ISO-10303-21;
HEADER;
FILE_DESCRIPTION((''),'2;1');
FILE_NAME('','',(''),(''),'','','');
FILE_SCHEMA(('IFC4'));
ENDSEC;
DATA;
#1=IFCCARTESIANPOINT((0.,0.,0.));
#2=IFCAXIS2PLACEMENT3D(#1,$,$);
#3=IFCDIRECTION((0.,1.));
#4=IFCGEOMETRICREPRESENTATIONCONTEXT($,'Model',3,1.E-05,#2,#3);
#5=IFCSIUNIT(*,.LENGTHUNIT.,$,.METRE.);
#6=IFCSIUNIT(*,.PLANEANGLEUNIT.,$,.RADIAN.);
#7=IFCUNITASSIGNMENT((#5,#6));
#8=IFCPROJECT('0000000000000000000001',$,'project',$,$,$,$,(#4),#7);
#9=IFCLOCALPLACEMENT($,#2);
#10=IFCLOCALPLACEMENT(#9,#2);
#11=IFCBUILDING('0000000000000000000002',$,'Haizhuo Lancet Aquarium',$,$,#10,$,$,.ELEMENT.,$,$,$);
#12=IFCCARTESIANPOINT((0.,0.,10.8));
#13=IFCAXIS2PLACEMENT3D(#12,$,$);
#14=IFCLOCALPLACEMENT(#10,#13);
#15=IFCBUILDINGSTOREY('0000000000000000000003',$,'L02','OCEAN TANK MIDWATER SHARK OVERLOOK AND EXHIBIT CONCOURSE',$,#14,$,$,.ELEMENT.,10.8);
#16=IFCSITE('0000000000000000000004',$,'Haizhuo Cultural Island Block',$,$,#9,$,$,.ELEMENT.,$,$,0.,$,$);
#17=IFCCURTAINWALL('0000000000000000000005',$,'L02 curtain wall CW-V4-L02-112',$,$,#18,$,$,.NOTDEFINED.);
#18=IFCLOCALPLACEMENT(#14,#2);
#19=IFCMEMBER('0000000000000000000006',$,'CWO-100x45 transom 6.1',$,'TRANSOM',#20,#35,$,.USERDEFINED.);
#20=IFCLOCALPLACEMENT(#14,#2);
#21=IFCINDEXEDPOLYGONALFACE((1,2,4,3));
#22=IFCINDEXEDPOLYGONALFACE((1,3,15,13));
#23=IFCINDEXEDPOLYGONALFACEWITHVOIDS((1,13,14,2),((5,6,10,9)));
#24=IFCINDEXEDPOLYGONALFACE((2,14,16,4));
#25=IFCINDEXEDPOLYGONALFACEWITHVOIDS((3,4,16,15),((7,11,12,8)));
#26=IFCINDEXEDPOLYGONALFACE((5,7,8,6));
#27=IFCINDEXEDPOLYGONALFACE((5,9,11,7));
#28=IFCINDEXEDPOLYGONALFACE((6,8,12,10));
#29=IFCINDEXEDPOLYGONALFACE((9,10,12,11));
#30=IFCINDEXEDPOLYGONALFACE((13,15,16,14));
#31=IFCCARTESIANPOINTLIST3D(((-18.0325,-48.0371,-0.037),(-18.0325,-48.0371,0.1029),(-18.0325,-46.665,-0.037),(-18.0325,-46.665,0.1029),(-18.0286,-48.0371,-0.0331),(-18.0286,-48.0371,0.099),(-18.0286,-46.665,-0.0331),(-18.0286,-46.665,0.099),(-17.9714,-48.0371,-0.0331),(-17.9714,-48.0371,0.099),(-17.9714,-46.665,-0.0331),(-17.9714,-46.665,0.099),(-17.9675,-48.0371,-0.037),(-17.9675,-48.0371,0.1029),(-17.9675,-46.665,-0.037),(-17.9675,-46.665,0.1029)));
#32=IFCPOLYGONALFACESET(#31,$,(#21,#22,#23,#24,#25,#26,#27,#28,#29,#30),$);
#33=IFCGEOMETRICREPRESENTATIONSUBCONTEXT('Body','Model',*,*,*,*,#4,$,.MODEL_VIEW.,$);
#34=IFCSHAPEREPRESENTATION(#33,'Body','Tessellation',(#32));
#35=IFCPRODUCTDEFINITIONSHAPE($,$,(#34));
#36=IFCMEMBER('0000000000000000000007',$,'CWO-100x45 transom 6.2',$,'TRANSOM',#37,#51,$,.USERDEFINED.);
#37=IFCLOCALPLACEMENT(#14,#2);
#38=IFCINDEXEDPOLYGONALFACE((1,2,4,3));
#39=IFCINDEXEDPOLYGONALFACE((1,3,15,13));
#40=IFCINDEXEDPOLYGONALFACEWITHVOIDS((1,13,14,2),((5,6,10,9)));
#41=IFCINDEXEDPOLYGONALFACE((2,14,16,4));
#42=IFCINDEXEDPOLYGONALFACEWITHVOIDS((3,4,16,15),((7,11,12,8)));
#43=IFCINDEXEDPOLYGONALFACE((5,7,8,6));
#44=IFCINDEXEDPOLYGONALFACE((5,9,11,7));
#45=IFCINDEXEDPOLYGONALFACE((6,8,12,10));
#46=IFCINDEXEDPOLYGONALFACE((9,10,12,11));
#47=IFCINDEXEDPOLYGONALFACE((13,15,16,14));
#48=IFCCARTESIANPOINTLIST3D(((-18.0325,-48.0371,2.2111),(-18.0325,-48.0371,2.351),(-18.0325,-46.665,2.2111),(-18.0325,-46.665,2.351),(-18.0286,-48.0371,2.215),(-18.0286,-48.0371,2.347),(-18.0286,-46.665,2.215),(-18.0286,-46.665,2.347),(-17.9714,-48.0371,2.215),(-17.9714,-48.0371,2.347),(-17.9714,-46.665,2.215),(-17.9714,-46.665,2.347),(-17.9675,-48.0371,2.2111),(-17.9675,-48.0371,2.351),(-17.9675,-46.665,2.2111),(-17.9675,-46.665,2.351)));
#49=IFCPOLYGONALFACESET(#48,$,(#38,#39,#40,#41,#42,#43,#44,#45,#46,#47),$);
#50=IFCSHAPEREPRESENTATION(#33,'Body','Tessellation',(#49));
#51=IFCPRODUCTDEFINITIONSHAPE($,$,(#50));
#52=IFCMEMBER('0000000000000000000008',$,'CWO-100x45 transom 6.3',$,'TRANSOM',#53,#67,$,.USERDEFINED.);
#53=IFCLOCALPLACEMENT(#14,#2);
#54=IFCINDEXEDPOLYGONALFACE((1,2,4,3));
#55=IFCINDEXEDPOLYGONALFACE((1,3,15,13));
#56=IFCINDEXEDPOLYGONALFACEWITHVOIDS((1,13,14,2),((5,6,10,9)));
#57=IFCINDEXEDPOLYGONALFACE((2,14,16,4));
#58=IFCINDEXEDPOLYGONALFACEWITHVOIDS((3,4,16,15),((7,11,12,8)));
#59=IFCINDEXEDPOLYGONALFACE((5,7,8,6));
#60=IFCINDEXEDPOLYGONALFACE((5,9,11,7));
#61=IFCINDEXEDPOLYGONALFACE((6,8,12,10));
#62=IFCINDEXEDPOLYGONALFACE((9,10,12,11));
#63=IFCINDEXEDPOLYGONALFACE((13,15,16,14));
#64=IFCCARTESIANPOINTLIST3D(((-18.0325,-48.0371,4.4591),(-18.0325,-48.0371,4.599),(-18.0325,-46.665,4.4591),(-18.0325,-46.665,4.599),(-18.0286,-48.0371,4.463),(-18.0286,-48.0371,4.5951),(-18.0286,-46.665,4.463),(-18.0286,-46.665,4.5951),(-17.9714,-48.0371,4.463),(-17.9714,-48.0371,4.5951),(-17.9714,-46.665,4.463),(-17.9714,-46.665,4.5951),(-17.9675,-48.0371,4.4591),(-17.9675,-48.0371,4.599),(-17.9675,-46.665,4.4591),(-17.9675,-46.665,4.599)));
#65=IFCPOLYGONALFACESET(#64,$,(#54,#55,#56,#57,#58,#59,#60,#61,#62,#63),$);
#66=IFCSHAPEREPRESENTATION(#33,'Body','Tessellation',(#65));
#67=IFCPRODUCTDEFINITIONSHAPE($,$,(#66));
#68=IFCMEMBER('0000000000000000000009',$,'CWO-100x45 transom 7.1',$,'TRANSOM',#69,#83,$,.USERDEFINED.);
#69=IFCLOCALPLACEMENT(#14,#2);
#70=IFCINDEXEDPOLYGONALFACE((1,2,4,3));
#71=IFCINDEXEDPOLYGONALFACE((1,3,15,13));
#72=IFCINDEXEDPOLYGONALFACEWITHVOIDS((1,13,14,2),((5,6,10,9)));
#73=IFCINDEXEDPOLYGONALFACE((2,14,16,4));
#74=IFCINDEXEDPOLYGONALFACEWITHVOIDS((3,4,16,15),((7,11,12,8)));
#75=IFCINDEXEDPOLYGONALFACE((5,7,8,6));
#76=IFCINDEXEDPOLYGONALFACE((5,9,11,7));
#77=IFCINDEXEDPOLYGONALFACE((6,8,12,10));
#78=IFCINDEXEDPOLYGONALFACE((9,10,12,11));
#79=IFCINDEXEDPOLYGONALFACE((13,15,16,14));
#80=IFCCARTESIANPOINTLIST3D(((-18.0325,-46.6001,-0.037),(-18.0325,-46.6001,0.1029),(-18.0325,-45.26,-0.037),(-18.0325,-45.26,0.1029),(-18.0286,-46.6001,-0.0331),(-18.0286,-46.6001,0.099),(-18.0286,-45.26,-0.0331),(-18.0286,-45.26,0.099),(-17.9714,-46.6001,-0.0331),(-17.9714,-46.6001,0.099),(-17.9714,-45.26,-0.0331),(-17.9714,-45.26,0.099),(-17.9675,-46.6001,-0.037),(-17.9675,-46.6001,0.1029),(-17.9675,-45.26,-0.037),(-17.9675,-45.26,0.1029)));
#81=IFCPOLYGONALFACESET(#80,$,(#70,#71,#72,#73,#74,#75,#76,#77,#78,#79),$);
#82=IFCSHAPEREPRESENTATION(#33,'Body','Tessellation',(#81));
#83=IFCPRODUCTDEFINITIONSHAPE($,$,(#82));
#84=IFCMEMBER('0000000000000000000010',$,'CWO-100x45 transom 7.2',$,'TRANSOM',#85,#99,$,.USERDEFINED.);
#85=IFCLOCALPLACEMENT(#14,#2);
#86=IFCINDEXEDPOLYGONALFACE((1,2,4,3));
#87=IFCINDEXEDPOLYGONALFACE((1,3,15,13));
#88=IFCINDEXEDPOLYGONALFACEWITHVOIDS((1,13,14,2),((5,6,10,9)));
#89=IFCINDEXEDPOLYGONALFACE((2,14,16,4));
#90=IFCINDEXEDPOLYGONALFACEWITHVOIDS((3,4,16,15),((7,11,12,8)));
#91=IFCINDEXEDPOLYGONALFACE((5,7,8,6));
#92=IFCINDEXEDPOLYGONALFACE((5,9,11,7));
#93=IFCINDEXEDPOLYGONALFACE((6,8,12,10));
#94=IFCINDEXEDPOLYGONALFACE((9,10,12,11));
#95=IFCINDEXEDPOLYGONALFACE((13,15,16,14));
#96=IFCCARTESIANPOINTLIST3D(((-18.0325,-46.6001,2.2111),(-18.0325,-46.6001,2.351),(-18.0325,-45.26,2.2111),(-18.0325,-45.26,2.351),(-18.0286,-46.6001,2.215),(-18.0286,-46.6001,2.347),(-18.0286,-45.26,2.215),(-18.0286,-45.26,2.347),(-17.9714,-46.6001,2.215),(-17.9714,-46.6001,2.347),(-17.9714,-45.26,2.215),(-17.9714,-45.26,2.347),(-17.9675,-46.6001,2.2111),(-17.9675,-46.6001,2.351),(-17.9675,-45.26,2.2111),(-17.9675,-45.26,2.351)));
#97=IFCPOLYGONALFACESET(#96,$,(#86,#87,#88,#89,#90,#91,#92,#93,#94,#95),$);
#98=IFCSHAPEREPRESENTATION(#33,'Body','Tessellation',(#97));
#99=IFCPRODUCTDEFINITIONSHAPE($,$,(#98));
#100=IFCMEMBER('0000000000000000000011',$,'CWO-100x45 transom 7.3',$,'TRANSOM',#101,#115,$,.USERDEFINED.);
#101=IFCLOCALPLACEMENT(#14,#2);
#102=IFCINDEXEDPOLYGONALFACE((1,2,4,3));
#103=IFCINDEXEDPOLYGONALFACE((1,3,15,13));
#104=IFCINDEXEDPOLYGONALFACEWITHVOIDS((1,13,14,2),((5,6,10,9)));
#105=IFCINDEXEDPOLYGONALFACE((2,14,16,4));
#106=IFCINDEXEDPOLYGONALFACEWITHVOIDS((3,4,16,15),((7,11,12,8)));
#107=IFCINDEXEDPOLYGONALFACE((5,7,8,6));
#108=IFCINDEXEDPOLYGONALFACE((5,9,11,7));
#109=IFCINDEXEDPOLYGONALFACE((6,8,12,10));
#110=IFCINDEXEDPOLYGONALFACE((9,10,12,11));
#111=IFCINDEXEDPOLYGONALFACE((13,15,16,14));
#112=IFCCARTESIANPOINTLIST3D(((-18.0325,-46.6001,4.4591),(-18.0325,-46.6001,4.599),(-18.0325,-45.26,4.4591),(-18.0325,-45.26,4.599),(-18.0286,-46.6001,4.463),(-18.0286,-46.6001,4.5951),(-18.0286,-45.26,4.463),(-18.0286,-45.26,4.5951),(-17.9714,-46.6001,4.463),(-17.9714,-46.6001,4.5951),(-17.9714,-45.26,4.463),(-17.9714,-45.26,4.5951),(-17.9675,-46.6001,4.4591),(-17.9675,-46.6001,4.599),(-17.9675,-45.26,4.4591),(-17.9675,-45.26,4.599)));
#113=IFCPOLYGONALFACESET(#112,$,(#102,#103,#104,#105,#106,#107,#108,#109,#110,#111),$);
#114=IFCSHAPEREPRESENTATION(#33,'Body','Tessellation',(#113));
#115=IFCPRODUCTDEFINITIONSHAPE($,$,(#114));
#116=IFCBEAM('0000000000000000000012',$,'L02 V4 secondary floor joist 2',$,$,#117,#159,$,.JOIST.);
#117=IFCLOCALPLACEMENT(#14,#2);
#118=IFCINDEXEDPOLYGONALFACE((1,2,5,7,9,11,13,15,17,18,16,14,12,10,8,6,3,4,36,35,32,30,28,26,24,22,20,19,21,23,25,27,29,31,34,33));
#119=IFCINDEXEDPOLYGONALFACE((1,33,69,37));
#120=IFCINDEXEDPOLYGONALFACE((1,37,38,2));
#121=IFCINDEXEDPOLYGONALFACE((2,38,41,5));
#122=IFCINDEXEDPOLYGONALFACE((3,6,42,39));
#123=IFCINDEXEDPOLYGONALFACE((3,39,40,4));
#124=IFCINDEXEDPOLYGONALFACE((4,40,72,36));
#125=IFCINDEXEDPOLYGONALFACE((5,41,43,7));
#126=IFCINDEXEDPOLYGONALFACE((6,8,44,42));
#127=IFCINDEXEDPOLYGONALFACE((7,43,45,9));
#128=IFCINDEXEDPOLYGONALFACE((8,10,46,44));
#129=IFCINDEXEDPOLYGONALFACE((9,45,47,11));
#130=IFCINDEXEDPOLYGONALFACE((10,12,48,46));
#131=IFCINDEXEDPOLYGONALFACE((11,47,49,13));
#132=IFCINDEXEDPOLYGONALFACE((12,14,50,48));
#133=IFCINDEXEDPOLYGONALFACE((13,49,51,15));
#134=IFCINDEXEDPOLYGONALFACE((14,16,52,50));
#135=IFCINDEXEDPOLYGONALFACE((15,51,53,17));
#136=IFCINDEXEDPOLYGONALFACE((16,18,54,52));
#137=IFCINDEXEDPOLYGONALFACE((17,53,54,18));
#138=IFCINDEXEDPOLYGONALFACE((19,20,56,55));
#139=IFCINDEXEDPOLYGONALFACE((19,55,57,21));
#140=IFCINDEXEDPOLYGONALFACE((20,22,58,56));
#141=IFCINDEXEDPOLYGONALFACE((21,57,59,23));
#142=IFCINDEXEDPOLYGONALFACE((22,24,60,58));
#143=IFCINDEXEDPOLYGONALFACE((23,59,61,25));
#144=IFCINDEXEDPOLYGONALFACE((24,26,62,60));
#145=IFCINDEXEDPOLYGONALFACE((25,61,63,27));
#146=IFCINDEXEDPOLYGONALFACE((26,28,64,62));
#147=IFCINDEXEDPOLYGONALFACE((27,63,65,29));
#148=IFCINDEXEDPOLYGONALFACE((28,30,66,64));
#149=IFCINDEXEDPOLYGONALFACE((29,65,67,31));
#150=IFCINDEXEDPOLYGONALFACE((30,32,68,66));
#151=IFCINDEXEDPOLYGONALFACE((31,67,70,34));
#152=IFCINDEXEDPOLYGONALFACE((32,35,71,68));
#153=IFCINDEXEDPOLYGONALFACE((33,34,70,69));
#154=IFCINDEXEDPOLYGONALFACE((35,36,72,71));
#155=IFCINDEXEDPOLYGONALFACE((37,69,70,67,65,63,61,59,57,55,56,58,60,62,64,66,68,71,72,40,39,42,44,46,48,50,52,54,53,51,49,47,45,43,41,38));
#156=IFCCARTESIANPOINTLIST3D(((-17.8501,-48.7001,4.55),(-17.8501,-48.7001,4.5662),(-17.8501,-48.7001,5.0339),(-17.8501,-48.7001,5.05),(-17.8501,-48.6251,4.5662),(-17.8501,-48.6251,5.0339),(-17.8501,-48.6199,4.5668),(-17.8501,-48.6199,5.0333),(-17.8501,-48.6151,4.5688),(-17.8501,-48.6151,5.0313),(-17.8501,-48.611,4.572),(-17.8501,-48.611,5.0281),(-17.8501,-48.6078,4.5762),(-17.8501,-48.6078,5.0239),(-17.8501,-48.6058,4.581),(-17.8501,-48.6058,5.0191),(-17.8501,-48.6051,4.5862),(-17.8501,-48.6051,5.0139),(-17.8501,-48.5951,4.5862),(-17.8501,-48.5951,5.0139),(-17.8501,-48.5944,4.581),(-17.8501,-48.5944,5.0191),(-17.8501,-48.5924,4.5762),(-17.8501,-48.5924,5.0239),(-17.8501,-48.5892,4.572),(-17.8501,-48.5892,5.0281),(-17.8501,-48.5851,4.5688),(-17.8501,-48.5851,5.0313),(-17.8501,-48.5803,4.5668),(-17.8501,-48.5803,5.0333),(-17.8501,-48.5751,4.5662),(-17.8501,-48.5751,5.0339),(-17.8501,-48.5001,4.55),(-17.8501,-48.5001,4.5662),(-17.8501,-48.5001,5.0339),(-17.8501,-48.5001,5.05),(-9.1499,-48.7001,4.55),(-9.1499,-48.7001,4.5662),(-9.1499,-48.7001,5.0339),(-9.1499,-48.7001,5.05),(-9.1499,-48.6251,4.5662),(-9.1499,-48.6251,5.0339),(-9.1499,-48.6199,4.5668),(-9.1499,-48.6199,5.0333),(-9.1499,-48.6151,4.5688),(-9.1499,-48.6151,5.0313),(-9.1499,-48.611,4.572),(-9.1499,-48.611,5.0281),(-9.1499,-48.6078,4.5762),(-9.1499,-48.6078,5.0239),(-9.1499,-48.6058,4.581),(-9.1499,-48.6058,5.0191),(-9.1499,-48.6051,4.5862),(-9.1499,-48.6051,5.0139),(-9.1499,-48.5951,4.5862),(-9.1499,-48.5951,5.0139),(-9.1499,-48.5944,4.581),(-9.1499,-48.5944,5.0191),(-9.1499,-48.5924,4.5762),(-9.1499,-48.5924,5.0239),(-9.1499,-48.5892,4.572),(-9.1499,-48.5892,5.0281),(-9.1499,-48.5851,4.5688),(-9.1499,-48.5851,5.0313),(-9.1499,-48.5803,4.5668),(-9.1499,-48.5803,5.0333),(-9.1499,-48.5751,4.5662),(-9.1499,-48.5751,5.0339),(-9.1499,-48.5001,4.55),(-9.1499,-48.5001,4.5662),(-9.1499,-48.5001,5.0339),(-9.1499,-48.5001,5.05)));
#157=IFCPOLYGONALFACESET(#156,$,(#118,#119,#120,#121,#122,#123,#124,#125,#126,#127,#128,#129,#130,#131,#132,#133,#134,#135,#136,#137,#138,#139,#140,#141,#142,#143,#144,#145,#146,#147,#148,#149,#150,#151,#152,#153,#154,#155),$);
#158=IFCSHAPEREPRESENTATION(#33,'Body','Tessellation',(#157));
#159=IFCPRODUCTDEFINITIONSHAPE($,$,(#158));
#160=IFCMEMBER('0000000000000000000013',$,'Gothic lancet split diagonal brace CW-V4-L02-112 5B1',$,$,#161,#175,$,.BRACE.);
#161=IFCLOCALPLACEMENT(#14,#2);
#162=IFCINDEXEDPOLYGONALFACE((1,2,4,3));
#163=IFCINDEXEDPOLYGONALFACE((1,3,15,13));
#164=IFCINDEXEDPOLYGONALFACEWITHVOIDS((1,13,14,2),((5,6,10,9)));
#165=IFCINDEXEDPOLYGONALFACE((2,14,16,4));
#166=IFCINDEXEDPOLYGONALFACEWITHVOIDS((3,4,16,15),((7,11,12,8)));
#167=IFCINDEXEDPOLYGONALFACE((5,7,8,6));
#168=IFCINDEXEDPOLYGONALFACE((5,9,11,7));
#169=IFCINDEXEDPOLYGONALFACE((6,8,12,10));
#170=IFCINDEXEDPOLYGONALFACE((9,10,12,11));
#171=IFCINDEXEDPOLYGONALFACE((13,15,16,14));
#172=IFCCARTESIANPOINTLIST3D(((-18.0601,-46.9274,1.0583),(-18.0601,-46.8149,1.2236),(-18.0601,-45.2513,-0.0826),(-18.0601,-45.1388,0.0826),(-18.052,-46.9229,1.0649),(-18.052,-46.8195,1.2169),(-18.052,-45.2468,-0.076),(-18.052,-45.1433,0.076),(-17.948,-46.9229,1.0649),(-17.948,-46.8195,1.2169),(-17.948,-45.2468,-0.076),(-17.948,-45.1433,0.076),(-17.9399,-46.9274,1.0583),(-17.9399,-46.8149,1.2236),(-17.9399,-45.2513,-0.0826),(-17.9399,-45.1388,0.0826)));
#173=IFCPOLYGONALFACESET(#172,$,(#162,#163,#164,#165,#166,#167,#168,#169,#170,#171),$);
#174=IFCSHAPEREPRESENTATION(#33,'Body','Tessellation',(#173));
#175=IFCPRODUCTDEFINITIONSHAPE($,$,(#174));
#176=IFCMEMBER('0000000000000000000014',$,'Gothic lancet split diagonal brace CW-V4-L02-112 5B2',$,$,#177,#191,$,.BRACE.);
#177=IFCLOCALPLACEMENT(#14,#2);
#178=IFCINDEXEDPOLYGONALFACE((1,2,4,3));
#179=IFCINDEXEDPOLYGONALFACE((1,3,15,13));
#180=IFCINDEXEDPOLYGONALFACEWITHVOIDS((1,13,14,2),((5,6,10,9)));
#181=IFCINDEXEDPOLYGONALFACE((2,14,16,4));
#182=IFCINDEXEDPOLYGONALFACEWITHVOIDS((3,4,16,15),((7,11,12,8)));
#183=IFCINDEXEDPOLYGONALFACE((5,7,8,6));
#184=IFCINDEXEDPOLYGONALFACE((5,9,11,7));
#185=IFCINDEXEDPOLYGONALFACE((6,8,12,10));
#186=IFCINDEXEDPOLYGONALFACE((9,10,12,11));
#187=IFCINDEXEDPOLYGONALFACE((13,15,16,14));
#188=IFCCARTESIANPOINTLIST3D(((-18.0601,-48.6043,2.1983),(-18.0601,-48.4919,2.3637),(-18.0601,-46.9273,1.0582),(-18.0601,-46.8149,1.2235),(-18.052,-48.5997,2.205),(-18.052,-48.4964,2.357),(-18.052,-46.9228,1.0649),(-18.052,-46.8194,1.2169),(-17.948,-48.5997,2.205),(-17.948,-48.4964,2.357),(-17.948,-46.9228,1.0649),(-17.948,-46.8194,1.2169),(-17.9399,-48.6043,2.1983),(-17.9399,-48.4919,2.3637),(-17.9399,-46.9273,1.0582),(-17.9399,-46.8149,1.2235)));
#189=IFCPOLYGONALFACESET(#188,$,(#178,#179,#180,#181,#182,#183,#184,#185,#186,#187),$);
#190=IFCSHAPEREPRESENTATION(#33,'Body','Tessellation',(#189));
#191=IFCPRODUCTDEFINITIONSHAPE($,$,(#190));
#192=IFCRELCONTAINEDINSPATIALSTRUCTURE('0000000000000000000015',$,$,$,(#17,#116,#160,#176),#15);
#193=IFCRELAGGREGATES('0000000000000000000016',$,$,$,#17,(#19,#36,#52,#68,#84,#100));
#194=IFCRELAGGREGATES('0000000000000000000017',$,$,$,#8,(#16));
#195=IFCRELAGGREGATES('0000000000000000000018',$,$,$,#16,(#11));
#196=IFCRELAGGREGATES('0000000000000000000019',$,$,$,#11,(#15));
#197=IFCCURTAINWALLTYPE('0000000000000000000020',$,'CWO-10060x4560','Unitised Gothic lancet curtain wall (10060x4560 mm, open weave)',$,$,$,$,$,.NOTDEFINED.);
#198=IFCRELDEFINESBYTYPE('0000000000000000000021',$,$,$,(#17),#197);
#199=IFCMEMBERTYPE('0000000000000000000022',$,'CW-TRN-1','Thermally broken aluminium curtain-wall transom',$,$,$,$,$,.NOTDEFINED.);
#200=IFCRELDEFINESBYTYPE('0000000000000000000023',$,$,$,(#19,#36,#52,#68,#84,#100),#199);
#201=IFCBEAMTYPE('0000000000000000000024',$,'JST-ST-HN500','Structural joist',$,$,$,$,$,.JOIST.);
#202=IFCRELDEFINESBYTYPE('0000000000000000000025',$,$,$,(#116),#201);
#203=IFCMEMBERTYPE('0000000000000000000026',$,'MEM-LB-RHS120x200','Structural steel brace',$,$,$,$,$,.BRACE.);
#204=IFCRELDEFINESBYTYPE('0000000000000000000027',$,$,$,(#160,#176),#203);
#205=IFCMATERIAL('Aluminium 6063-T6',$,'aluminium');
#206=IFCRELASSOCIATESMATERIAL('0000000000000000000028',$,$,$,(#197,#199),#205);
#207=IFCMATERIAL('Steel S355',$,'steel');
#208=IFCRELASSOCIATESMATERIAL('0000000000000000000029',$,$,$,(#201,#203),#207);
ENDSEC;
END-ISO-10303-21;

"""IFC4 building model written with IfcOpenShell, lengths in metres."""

from ifc_helpers import new_model, si_unit, direction, frame, origin, origin_2d, place, context, subcontext, project, spatial, hollow_rectangle, i_section, extrude, material, material_profile, profile_set, type_object, element, aggregate, save


model = new_model("IFC4")

# Units and contexts
model_context = context("Model", 3, precision=1e-05, world=origin(), true_north=direction((0.0, 1.0)))
body_context = subcontext(model_context, "Body", "Model", "MODEL_VIEW")
ifc_project = project(units=[si_unit("LENGTHUNIT", "METRE"), si_unit("PLANEANGLEUNIT", "RADIAN")], contexts=[model_context])

# Site, building, storey
site_placement = place(None, origin())
site = spatial("IfcSite", under=ifc_project, at=site_placement, Name="Haizhuo Cultural Island Block", CompositionType="ELEMENT", RefElevation=0.0)
building_placement = place(site_placement, origin())
building = spatial("IfcBuilding", under=site, at=building_placement, Name="Haizhuo Lancet Aquarium", CompositionType="ELEMENT")
storey_placement = place(building_placement, frame((0.0, 0.0, 10.8)))
storey = spatial("IfcBuildingStorey", under=building, at=storey_placement, Name="L02", Description="OCEAN TANK MIDWATER SHARK OVERLOOK AND EXHIBIT CONCOURSE", CompositionType="ELEMENT", Elevation=10.8)

# Shared definitions
ifc_material_1 = material(Name="Steel S355", Category="steel")

# Curtain wall, members
ifc_material_2 = material(Name="Aluminium 6063-T6", Category="aluminium")
curtain_wall_type = type_object("IfcCurtainWallType", Name="CWO-10060x4560", Description="Unitised Gothic lancet curtain wall (10060x4560 mm, open weave)", PredefinedType="NOTDEFINED", material=ifc_material_2)
curtain_wall_placement = place(storey_placement, origin())
curtain_wall = element("IfcCurtainWall", 1, at=curtain_wall_placement, inside=storey, type_object=curtain_wall_type, Name="L02 curtain wall CW-V4-L02-112", PredefinedType="NOTDEFINED")
ifc_material_profile_1 = material_profile(ifc_material_2, hollow_rectangle(XDim=0.0649, YDim=0.1399, WallThickness=0.0039, at=origin_2d()), Name="ALU-T 65x140x4")
ifc_profile_set_1 = profile_set([ifc_material_profile_1], Name="Aluminium 6063-T6")
member_type_1 = type_object("IfcMemberType", Name="CW-TRN-1", Description="Thermally broken aluminium curtain-wall transom", PredefinedType="NOTDEFINED", material=ifc_profile_set_1)
member_1_placement = place(storey_placement, frame((-18.0, -48.0371, 0.033), z_axis=(0.0, 1.0, 0.0), x_axis=(-1.0, 0.0, 0.0)))
member_1 = element("IfcMember", 2, at=member_1_placement, type_object=member_type_1, Name="CWO-100x45 transom 6.1", ObjectType="TRANSOM", PredefinedType="USERDEFINED", context=body_context, shape_type="SweptSolid", body=[
    extrude(hollow_rectangle(XDim=0.0649, YDim=0.1399, WallThickness=0.0039, at=origin_2d()), origin(), (0.0, 0.0, 1.0), 1.3721),
])
member_2_placement = place(storey_placement, frame((-18.0, -48.0371, 2.281), z_axis=(0.0, 1.0, 0.0), x_axis=(-1.0, 0.0, 0.0)))
member_2 = element("IfcMember", 3, at=member_2_placement, type_object=member_type_1, Name="CWO-100x45 transom 6.2", ObjectType="TRANSOM", PredefinedType="USERDEFINED", context=body_context, shape_type="SweptSolid", body=[
    extrude(hollow_rectangle(XDim=0.0649, YDim=0.1399, WallThickness=0.0039, at=origin_2d()), origin(), (0.0, 0.0, 1.0), 1.3721),
])
member_3_placement = place(storey_placement, frame((-18.0, -48.0371, 4.5291), z_axis=(0.0, 1.0, 0.0), x_axis=(-1.0, 0.0, 0.0)))
member_3 = element("IfcMember", 4, at=member_3_placement, type_object=member_type_1, Name="CWO-100x45 transom 6.3", ObjectType="TRANSOM", PredefinedType="USERDEFINED", context=body_context, shape_type="SweptSolid", body=[
    extrude(hollow_rectangle(XDim=0.0649, YDim=0.1399, WallThickness=0.0039, at=origin_2d()), origin(), (0.0, 0.0, 1.0), 1.3721),
])
member_4_placement = place(storey_placement, frame((-18.0, -46.6001, 0.033), z_axis=(0.0, 1.0, 0.0), x_axis=(-1.0, 0.0, 0.0)))
member_4 = element("IfcMember", 5, at=member_4_placement, type_object=member_type_1, Name="CWO-100x45 transom 7.1", ObjectType="TRANSOM", PredefinedType="USERDEFINED", context=body_context, shape_type="SweptSolid", body=[
    extrude(hollow_rectangle(XDim=0.0649, YDim=0.1399, WallThickness=0.0039, at=origin_2d()), origin(), (0.0, 0.0, 1.0), 1.3401),
])
member_5_placement = place(storey_placement, frame((-18.0, -46.6001, 2.281), z_axis=(0.0, 1.0, 0.0), x_axis=(-1.0, 0.0, 0.0)))
member_5 = element("IfcMember", 6, at=member_5_placement, type_object=member_type_1, Name="CWO-100x45 transom 7.2", ObjectType="TRANSOM", PredefinedType="USERDEFINED", context=body_context, shape_type="SweptSolid", body=[
    extrude(hollow_rectangle(XDim=0.0649, YDim=0.1399, WallThickness=0.0039, at=origin_2d()), origin(), (0.0, 0.0, 1.0), 1.3401),
])
member_6_placement = place(storey_placement, frame((-18.0, -46.6001, 4.5291), z_axis=(0.0, 1.0, 0.0), x_axis=(-1.0, 0.0, 0.0)))
member_6 = element("IfcMember", 7, at=member_6_placement, type_object=member_type_1, Name="CWO-100x45 transom 7.3", ObjectType="TRANSOM", PredefinedType="USERDEFINED", context=body_context, shape_type="SweptSolid", body=[
    extrude(hollow_rectangle(XDim=0.0649, YDim=0.1399, WallThickness=0.0039, at=origin_2d()), origin(), (0.0, 0.0, 1.0), 1.3401),
])

# Beam
ifc_material_profile_2 = material_profile(ifc_material_1, i_section(OverallWidth=0.2, OverallDepth=0.5, WebThickness=0.01, FlangeThickness=0.0161, FilletRadius=0.02, at=origin_2d()), Name="HN 500x200x10x16")
ifc_profile_set_2 = profile_set([ifc_material_profile_2], Name="Steel S355")
beam_type_1 = type_object("IfcBeamType", Name="JST-ST-HN500", Description="Structural joist", PredefinedType="JOIST", material=ifc_profile_set_2)
beam_1_placement = place(storey_placement, frame((-17.8501, -48.6001, 4.8), z_axis=(1.0, 0.0, 0.0), x_axis=(0.0, 1.0, 0.0)))
element("IfcBeam", 8, at=beam_1_placement, inside=storey, type_object=beam_type_1, Name="L02 V4 secondary floor joist 2", PredefinedType="JOIST", context=body_context, shape_type="SweptSolid", body=[
    extrude(i_section(OverallWidth=0.2, OverallDepth=0.5, WebThickness=0.01, FlangeThickness=0.0161, FilletRadius=0.02, at=origin_2d()), origin(), (0.0, 0.0, 1.0), 8.7002),
])

# Members
ifc_material_profile_3 = material_profile(ifc_material_1, hollow_rectangle(XDim=0.1201, YDim=0.2, WallThickness=0.0081, at=origin_2d()), Name="RHS 120x200x8")
ifc_profile_set_3 = profile_set([ifc_material_profile_3], Name="Steel S355")
member_type_2 = type_object("IfcMemberType", Name="MEM-LB-RHS120x200", Description="Structural steel brace", PredefinedType="BRACE", material=ifc_profile_set_3)
member_7_placement = place(storey_placement, frame((-18.0, -45.1951, 0.0), z_axis=(0.0, -0.826658, 0.562705), x_axis=(1.0, 0.0, 0.0)))
element("IfcMember", 9, at=member_7_placement, inside=storey, type_object=member_type_2, Name="Gothic lancet split diagonal brace CW-V4-L02-112 5B1", PredefinedType="BRACE", context=body_context, shape_type="SweptSolid", body=[
    extrude(hollow_rectangle(XDim=0.1201, YDim=0.2, WallThickness=0.0081, at=origin_2d()), origin(), (0.0, 0.0, 1.0), 2.0276),
])
member_8_placement = place(storey_placement, frame((-18.0, -46.8711, 1.1409), z_axis=(0.0, -0.826978, 0.562234), x_axis=(1.0, 0.0, 0.0)))
element("IfcMember", 10, at=member_8_placement, inside=storey, type_object=member_type_2, Name="Gothic lancet split diagonal brace CW-V4-L02-112 5B2", PredefinedType="BRACE", context=body_context, shape_type="SweptSolid", body=[
    extrude(hollow_rectangle(XDim=0.1201, YDim=0.2, WallThickness=0.0081, at=origin_2d()), origin(), (0.0, 0.0, 1.0), 2.0278),
])

aggregate(curtain_wall, [member_1, member_2, member_3, member_4, member_5, member_6])

save(model, "model.ifc")
